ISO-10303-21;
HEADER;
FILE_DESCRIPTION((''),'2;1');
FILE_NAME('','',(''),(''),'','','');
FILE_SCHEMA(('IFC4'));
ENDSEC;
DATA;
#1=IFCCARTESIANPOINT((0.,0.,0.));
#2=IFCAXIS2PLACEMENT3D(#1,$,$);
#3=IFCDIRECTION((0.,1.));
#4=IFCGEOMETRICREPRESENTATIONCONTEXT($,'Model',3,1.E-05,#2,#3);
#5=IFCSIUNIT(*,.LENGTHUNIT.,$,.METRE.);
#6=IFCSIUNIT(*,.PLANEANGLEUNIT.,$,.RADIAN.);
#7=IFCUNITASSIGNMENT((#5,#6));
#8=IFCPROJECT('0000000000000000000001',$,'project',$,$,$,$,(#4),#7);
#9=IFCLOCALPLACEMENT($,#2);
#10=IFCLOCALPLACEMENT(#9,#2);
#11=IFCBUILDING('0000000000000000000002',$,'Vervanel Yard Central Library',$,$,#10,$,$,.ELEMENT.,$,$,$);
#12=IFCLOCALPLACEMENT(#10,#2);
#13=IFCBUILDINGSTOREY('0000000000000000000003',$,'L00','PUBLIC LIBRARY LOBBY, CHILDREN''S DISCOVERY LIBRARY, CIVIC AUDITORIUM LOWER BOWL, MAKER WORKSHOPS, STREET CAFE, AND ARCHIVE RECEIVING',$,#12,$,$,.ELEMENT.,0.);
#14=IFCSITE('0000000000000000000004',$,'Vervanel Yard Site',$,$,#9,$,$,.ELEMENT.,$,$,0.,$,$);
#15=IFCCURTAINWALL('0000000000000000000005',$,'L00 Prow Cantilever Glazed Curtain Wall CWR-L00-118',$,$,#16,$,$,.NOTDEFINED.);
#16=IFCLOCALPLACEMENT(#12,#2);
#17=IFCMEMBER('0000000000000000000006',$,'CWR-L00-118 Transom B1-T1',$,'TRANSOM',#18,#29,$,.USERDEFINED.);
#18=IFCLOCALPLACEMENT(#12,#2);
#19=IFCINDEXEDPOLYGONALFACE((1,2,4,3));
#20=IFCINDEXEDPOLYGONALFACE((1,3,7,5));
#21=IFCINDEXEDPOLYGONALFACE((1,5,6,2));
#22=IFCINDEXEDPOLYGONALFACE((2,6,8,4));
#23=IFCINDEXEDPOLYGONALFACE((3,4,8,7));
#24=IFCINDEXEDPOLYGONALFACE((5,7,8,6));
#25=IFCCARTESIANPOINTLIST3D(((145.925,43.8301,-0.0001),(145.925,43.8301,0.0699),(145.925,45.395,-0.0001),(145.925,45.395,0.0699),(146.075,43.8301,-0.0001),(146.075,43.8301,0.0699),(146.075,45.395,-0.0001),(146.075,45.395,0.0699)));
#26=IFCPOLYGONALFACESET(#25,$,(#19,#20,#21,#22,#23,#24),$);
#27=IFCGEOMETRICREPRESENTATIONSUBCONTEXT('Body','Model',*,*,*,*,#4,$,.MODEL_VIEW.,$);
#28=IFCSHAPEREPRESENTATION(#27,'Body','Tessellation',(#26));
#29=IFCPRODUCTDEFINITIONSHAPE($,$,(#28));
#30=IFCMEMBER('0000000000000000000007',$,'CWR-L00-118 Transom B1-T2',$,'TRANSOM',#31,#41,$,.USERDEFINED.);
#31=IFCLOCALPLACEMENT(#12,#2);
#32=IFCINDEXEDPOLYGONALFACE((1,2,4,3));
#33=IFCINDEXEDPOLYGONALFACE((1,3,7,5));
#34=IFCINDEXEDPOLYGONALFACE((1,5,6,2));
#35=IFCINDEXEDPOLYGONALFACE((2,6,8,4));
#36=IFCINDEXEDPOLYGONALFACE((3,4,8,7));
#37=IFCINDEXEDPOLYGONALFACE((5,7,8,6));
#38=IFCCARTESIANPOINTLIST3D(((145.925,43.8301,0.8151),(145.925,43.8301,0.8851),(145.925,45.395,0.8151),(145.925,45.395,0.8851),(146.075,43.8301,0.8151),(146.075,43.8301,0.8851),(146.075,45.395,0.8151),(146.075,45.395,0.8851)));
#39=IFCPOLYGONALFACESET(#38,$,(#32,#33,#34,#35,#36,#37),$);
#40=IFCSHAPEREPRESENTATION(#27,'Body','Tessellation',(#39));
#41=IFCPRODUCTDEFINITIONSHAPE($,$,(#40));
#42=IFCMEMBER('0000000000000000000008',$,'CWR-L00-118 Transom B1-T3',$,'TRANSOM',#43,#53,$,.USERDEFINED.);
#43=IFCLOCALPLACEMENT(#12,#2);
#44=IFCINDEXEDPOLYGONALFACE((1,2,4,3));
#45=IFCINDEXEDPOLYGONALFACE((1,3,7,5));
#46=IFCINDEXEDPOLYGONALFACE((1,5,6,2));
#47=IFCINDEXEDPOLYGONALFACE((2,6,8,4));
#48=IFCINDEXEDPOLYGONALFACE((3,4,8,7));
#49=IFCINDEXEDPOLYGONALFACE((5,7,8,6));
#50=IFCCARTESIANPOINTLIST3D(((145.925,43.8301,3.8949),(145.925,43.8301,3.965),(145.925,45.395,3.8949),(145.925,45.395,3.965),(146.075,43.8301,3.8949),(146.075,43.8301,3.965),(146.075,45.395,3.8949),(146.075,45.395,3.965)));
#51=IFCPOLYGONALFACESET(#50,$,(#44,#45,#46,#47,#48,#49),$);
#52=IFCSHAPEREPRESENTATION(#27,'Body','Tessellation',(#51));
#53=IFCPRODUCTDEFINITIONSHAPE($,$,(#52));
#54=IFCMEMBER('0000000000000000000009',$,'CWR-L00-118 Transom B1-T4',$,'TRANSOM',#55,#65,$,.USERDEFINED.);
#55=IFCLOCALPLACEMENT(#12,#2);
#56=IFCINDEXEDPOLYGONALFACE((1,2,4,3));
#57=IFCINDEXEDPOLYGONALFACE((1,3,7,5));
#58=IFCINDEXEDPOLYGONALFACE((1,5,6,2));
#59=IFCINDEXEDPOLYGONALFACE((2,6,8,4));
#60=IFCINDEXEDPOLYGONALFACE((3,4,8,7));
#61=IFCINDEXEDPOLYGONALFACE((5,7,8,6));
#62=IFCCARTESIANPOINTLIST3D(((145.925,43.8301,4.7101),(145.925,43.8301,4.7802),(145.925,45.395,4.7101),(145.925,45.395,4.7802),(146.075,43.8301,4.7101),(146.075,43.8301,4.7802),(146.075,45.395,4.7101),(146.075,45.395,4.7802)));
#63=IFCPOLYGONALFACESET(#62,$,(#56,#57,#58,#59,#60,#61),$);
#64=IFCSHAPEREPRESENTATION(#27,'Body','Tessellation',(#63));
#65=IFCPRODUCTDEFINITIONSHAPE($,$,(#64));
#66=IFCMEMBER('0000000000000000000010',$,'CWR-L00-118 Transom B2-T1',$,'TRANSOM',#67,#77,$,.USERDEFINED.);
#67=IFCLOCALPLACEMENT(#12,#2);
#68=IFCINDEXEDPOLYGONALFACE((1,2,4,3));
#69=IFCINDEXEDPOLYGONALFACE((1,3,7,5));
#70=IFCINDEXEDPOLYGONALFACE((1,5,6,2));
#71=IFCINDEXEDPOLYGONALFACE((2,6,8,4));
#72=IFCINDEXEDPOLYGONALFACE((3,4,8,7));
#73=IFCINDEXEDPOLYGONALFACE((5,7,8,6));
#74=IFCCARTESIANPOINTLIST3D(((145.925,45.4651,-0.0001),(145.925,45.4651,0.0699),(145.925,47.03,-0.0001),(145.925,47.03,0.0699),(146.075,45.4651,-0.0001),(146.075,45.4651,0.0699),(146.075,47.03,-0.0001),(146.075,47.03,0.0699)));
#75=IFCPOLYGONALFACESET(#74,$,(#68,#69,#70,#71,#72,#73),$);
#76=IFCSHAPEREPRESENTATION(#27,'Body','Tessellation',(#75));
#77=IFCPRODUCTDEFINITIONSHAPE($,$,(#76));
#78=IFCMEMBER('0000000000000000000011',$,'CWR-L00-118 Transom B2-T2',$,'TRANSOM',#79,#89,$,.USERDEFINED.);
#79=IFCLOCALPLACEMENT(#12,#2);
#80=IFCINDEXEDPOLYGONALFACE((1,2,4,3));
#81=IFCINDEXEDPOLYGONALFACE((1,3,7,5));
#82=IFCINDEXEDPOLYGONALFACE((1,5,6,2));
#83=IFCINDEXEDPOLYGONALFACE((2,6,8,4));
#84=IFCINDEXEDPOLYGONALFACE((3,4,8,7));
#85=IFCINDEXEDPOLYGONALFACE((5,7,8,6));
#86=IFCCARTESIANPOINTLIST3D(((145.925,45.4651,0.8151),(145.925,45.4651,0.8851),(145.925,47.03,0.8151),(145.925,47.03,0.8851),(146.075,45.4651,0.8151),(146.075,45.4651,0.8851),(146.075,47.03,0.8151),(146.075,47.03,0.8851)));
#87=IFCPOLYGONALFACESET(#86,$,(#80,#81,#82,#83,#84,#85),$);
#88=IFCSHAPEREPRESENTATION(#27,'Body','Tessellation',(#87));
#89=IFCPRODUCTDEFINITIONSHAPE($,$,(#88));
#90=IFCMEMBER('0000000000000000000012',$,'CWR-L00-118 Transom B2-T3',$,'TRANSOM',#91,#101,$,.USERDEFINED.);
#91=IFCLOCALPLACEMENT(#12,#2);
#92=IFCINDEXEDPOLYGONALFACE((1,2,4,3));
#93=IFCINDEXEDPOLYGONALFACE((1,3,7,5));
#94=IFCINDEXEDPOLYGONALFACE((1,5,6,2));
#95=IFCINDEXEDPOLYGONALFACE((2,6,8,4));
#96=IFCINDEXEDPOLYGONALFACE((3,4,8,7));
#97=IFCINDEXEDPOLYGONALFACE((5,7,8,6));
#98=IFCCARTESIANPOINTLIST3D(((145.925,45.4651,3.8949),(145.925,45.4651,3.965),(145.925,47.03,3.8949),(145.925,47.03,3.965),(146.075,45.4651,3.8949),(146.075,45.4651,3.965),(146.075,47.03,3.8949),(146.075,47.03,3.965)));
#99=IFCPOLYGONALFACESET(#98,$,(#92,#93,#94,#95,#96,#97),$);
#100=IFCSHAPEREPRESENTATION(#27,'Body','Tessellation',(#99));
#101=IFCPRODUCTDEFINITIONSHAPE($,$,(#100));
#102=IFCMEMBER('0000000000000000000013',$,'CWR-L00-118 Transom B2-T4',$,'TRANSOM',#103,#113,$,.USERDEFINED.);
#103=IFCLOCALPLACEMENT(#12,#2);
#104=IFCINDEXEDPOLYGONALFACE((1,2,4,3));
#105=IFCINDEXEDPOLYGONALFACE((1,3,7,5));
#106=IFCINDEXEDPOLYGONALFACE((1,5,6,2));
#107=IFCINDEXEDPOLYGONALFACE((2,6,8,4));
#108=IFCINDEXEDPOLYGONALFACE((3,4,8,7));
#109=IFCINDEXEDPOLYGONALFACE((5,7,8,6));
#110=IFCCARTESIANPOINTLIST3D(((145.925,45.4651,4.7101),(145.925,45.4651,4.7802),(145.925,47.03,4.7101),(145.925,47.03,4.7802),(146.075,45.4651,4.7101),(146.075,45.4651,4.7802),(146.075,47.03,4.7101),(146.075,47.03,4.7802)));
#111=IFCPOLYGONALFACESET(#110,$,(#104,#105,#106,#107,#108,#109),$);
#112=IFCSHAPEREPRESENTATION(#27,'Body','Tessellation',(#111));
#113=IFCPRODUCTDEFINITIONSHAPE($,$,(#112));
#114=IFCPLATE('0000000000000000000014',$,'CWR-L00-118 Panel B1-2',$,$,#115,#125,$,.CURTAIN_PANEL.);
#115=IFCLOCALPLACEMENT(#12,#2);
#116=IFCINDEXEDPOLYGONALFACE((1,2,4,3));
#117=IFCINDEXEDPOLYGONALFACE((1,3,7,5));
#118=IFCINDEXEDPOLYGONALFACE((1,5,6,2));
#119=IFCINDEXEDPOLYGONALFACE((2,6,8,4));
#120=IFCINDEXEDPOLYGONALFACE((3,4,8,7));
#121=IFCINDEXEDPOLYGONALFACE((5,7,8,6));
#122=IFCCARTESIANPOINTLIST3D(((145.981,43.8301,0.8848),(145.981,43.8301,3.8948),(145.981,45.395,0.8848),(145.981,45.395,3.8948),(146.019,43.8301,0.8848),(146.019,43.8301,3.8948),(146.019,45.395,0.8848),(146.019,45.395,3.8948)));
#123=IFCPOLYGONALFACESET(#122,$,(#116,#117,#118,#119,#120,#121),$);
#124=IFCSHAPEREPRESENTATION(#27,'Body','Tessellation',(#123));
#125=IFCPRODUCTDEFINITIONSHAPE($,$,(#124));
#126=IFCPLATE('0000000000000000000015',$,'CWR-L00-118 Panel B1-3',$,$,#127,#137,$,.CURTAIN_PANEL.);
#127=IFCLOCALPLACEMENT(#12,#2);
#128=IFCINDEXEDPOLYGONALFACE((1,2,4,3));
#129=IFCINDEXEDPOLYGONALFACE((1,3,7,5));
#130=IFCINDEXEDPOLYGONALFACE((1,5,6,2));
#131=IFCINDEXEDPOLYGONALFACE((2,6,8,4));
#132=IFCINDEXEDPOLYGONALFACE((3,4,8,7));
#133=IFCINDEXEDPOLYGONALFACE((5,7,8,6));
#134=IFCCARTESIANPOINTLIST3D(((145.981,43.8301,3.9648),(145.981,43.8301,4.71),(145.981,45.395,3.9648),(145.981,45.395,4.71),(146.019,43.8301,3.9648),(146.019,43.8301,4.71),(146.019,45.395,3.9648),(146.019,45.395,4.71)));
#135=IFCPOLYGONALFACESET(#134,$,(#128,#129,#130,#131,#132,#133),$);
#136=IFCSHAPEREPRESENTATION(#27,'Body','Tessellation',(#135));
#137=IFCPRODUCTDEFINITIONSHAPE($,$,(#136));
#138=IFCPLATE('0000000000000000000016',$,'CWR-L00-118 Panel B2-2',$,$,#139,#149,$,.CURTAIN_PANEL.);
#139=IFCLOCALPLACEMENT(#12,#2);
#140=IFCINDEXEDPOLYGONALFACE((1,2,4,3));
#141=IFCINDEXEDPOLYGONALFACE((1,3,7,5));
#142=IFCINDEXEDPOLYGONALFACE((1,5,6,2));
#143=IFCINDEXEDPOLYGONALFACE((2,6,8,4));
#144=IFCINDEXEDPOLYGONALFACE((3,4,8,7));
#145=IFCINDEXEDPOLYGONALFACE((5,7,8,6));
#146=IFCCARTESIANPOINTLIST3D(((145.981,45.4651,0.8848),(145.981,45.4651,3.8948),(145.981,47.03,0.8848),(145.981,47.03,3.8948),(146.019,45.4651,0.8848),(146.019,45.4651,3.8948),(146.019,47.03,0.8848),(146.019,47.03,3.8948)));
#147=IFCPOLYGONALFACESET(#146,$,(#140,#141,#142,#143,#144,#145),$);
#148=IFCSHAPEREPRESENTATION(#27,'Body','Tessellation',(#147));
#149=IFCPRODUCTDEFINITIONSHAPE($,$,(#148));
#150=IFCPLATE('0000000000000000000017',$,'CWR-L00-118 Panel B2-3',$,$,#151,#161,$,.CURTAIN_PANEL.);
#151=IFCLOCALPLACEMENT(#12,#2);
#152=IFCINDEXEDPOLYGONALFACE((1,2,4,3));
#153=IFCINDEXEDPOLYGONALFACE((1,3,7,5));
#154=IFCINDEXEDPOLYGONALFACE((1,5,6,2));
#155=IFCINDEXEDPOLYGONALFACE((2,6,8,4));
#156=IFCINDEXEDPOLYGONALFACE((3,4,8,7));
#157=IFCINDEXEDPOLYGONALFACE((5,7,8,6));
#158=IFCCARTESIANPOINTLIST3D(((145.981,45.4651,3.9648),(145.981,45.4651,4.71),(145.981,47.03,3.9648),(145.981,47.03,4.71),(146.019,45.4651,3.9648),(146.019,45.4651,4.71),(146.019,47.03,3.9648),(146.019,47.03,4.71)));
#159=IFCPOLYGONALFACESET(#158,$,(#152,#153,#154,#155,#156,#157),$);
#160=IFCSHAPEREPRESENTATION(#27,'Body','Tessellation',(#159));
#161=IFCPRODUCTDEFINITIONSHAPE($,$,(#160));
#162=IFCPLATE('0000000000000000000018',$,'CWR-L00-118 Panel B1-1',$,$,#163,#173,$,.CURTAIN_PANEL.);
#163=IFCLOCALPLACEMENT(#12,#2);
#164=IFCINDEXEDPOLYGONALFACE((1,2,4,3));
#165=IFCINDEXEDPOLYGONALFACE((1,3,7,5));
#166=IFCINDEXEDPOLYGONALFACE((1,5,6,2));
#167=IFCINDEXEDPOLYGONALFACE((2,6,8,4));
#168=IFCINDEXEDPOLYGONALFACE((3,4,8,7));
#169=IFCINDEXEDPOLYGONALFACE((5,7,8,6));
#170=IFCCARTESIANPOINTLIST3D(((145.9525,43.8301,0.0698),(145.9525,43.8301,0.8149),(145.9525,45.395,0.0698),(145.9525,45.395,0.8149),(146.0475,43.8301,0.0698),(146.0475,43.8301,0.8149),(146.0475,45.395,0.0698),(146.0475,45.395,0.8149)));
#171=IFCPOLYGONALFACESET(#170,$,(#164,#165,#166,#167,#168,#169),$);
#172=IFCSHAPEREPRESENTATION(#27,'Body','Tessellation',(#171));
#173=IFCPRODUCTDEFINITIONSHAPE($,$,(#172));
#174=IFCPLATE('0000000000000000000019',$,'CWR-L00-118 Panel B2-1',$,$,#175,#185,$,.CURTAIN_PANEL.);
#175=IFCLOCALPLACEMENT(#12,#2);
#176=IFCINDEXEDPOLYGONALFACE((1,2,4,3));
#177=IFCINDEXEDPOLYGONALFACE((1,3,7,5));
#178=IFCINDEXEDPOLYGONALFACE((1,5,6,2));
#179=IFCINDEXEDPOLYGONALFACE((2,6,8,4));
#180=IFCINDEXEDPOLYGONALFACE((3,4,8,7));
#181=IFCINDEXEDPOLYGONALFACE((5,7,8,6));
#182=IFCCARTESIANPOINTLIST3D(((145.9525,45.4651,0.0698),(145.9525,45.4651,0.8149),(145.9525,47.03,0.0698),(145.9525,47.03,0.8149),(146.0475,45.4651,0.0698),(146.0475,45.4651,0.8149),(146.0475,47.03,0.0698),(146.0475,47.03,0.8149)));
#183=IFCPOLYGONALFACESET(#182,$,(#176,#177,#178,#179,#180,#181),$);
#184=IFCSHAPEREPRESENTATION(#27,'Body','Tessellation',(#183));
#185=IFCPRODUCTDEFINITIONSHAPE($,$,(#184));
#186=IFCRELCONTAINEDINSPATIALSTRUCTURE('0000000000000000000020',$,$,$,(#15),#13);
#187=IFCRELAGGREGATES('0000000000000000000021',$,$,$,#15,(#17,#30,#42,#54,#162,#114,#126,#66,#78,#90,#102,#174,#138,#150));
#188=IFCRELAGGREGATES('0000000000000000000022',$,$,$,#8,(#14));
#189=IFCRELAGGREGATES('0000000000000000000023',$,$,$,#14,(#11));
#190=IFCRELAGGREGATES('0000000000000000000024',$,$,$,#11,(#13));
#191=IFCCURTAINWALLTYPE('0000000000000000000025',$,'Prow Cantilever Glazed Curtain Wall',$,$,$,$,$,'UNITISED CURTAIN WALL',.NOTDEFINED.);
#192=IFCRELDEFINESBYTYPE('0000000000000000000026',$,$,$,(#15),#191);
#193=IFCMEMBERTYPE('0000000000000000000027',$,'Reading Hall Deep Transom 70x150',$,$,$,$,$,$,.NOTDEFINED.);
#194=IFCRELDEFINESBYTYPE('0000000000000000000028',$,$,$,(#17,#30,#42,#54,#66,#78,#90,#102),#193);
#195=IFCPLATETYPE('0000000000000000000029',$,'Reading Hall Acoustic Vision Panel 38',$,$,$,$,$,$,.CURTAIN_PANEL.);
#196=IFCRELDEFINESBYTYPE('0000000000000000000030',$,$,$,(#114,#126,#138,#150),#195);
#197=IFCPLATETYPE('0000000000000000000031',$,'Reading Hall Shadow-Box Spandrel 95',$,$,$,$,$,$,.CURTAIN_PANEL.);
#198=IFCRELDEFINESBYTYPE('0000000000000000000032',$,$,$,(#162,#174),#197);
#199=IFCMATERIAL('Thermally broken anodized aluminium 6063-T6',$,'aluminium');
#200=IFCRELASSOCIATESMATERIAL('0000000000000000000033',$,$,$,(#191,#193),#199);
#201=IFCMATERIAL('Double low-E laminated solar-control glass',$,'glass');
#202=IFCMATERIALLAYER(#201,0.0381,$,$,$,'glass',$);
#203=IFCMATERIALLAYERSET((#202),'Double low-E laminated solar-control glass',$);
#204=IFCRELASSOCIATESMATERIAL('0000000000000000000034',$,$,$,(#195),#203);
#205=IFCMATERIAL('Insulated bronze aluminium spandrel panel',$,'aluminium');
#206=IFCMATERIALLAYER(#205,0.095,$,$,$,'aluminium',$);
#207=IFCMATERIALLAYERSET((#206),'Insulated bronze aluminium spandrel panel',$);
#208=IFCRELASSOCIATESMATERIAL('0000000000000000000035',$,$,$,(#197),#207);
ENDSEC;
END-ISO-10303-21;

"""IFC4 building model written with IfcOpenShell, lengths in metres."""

from ifc_helpers import new_model, si_unit, direction, frame, origin, origin_2d, place, context, subcontext, project, spatial, rectangle, extrude, material, layer, layer_set, material_profile, profile_set, type_object, element, aggregate, save


model = new_model("IFC4")

# Units and contexts
model_context = context("Model", 3, precision=1e-05, world=origin(), true_north=direction((0.0, 1.0)))
body_context = subcontext(model_context, "Body", "Model", "MODEL_VIEW")
ifc_project = project(units=[si_unit("LENGTHUNIT", "METRE"), si_unit("PLANEANGLEUNIT", "RADIAN")], contexts=[model_context])

# Site, building, storey
site_placement = place(None, origin())
site = spatial("IfcSite", under=ifc_project, at=site_placement, Name="Vervanel Yard Site", CompositionType="ELEMENT", RefElevation=0.0)
building_placement = place(site_placement, origin())
building = spatial("IfcBuilding", under=site, at=building_placement, Name="Vervanel Yard Central Library", CompositionType="ELEMENT")
storey_placement = place(building_placement, origin())
storey = spatial("IfcBuildingStorey", under=building, at=storey_placement, Name="L00", Description="PUBLIC LIBRARY LOBBY, CHILDREN'S DISCOVERY LIBRARY, CIVIC AUDITORIUM LOWER BOWL, MAKER WORKSHOPS, STREET CAFE, AND ARCHIVE RECEIVING", CompositionType="ELEMENT", Elevation=0.0)

# Curtain wall
ifc_material_1 = material(Name="Thermally broken anodized aluminium 6063-T6", Category="aluminium")
curtain_wall_type = type_object("IfcCurtainWallType", Name="Prow Cantilever Glazed Curtain Wall", ElementType="UNITISED CURTAIN WALL", PredefinedType="NOTDEFINED", material=ifc_material_1)
curtain_wall_1_placement = place(storey_placement, origin())
curtain_wall_1 = element("IfcCurtainWall", 1, at=curtain_wall_1_placement, inside=storey, type_object=curtain_wall_type, Name="L00 Prow Cantilever Glazed Curtain Wall CWR-L00-118", PredefinedType="NOTDEFINED")

# Members
ifc_material_profile_1 = material_profile(ifc_material_1, rectangle(XDim=0.0701, YDim=0.1499, at=origin_2d()), Name="ALU 70x150", Category="aluminium")
ifc_profile_set_1 = profile_set([ifc_material_profile_1], Name="Thermally broken anodized aluminium 6063-T6")
member_type_1 = type_object("IfcMemberType", Name="Reading Hall Deep Transom 70x150", PredefinedType="NOTDEFINED", material=ifc_profile_set_1)
member_1_placement = place(storey_placement, frame((146.0, 43.8301, 0.0349), z_axis=(0.0, 1.0, 0.0), x_axis=(0.0, 0.0, 1.0)))
member_1 = element("IfcMember", 2, at=member_1_placement, type_object=member_type_1, Name="CWR-L00-118 Transom B1-T1", ObjectType="TRANSOM", PredefinedType="USERDEFINED", context=body_context, shape_type="SweptSolid", body=[
    extrude(rectangle(XDim=0.0701, YDim=0.1499, at=origin_2d()), origin(), (0.0, 0.0, 1.0), 1.5649),
])
member_2_placement = place(storey_placement, frame((146.0, 43.8301, 0.8501), z_axis=(0.0, 1.0, 0.0), x_axis=(0.0, 0.0, 1.0)))
member_2 = element("IfcMember", 3, at=member_2_placement, type_object=member_type_1, Name="CWR-L00-118 Transom B1-T2", ObjectType="TRANSOM", PredefinedType="USERDEFINED", context=body_context, shape_type="SweptSolid", body=[
    extrude(rectangle(XDim=0.0701, YDim=0.1499, at=origin_2d()), origin(), (0.0, 0.0, 1.0), 1.5649),
])
member_3_placement = place(storey_placement, frame((146.0, 43.8301, 3.9299), z_axis=(0.0, 1.0, 0.0), x_axis=(0.0, 0.0, 1.0)))
member_3 = element("IfcMember", 4, at=member_3_placement, type_object=member_type_1, Name="CWR-L00-118 Transom B1-T3", ObjectType="TRANSOM", PredefinedType="USERDEFINED", context=body_context, shape_type="SweptSolid", body=[
    extrude(rectangle(XDim=0.0701, YDim=0.1499, at=origin_2d()), origin(), (0.0, 0.0, 1.0), 1.5649),
])
member_4_placement = place(storey_placement, frame((146.0, 43.8301, 4.7451), z_axis=(0.0, 1.0, 0.0), x_axis=(0.0, 0.0, 1.0)))
member_4 = element("IfcMember", 5, at=member_4_placement, type_object=member_type_1, Name="CWR-L00-118 Transom B1-T4", ObjectType="TRANSOM", PredefinedType="USERDEFINED", context=body_context, shape_type="SweptSolid", body=[
    extrude(rectangle(XDim=0.0701, YDim=0.1499, at=origin_2d()), origin(), (0.0, 0.0, 1.0), 1.5649),
])
member_5_placement = place(storey_placement, frame((146.0, 45.4651, 0.0349), z_axis=(0.0, 1.0, 0.0), x_axis=(0.0, 0.0, 1.0)))
member_5 = element("IfcMember", 6, at=member_5_placement, type_object=member_type_1, Name="CWR-L00-118 Transom B2-T1", ObjectType="TRANSOM", PredefinedType="USERDEFINED", context=body_context, shape_type="SweptSolid", body=[
    extrude(rectangle(XDim=0.0701, YDim=0.1499, at=origin_2d()), origin(), (0.0, 0.0, 1.0), 1.5649),
])
member_6_placement = place(storey_placement, frame((146.0, 45.4651, 0.8501), z_axis=(0.0, 1.0, 0.0), x_axis=(0.0, 0.0, 1.0)))
member_6 = element("IfcMember", 7, at=member_6_placement, type_object=member_type_1, Name="CWR-L00-118 Transom B2-T2", ObjectType="TRANSOM", PredefinedType="USERDEFINED", context=body_context, shape_type="SweptSolid", body=[
    extrude(rectangle(XDim=0.0701, YDim=0.1499, at=origin_2d()), origin(), (0.0, 0.0, 1.0), 1.5649),
])
member_7_placement = place(storey_placement, frame((146.0, 45.4651, 3.9299), z_axis=(0.0, 1.0, 0.0), x_axis=(0.0, 0.0, 1.0)))
member_7 = element("IfcMember", 8, at=member_7_placement, type_object=member_type_1, Name="CWR-L00-118 Transom B2-T3", ObjectType="TRANSOM", PredefinedType="USERDEFINED", context=body_context, shape_type="SweptSolid", body=[
    extrude(rectangle(XDim=0.0701, YDim=0.1499, at=origin_2d()), origin(), (0.0, 0.0, 1.0), 1.5649),
])
member_8_placement = place(storey_placement, frame((146.0, 45.4651, 4.7451), z_axis=(0.0, 1.0, 0.0), x_axis=(0.0, 0.0, 1.0)))
member_8 = element("IfcMember", 9, at=member_8_placement, type_object=member_type_1, Name="CWR-L00-118 Transom B2-T4", ObjectType="TRANSOM", PredefinedType="USERDEFINED", context=body_context, shape_type="SweptSolid", body=[
    extrude(rectangle(XDim=0.0701, YDim=0.1499, at=origin_2d()), origin(), (0.0, 0.0, 1.0), 1.5649),
])

# Plates
ifc_material_2 = material(Name="Double low-E laminated solar-control glass", Category="glass")
ifc_layer_1 = layer(ifc_material_2, 0.0381, Category="glass")
ifc_layer_set_1 = layer_set([ifc_layer_1], Name="Double low-E laminated solar-control glass")
plate_type_1 = type_object("IfcPlateType", Name="Reading Hall Acoustic Vision Panel 38", PredefinedType="CURTAIN_PANEL", material=ifc_layer_set_1)
plate_1_placement = place(storey_placement, frame((146.0, 44.6125, 0.8848), z_axis=(0.0, 0.0, 1.0), x_axis=(0.0, 1.0, 0.0)))
plate_1 = element("IfcPlate", 10, at=plate_1_placement, type_object=plate_type_1, Name="CWR-L00-118 Panel B1-2", PredefinedType="CURTAIN_PANEL", context=body_context, shape_type="SweptSolid", body=[
    extrude(rectangle(XDim=1.5649, YDim=0.0381, at=origin_2d()), origin(), (0.0, 0.0, 1.0), 3.01),
])
plate_2_placement = place(storey_placement, frame((146.0, 44.6125, 3.9648), z_axis=(0.0, 0.0, 1.0), x_axis=(0.0, 1.0, 0.0)))
plate_2 = element("IfcPlate", 11, at=plate_2_placement, type_object=plate_type_1, Name="CWR-L00-118 Panel B1-3", PredefinedType="CURTAIN_PANEL", context=body_context, shape_type="SweptSolid", body=[
    extrude(rectangle(XDim=1.5649, YDim=0.0381, at=origin_2d()), origin(), (0.0, 0.0, 1.0), 0.7451),
])
plate_3_placement = place(storey_placement, frame((146.0, 46.2476, 0.8848), z_axis=(0.0, 0.0, 1.0), x_axis=(0.0, 1.0, 0.0)))
plate_3 = element("IfcPlate", 12, at=plate_3_placement, type_object=plate_type_1, Name="CWR-L00-118 Panel B2-2", PredefinedType="CURTAIN_PANEL", context=body_context, shape_type="SweptSolid", body=[
    extrude(rectangle(XDim=1.5649, YDim=0.0381, at=origin_2d()), origin(), (0.0, 0.0, 1.0), 3.01),
])
plate_4_placement = place(storey_placement, frame((146.0, 46.2476, 3.9648), z_axis=(0.0, 0.0, 1.0), x_axis=(0.0, 1.0, 0.0)))
plate_4 = element("IfcPlate", 13, at=plate_4_placement, type_object=plate_type_1, Name="CWR-L00-118 Panel B2-3", PredefinedType="CURTAIN_PANEL", context=body_context, shape_type="SweptSolid", body=[
    extrude(rectangle(XDim=1.5649, YDim=0.0381, at=origin_2d()), origin(), (0.0, 0.0, 1.0), 0.7451),
])
ifc_material_3 = material(Name="Insulated bronze aluminium spandrel panel", Category="aluminium")
ifc_layer_2 = layer(ifc_material_3, 0.095, Category="aluminium")
ifc_layer_set_2 = layer_set([ifc_layer_2], Name="Insulated bronze aluminium spandrel panel")
plate_type_2 = type_object("IfcPlateType", Name="Reading Hall Shadow-Box Spandrel 95", PredefinedType="CURTAIN_PANEL", material=ifc_layer_set_2)
plate_5_placement = place(storey_placement, frame((146.0, 44.6125, 0.0698), z_axis=(0.0, 0.0, 1.0), x_axis=(0.0, 1.0, 0.0)))
plate_5 = element("IfcPlate", 14, at=plate_5_placement, type_object=plate_type_2, Name="CWR-L00-118 Panel B1-1", PredefinedType="CURTAIN_PANEL", context=body_context, shape_type="SweptSolid", body=[
    extrude(rectangle(XDim=1.5649, YDim=0.095, at=origin_2d()), origin(), (0.0, 0.0, 1.0), 0.7451),
])
plate_6_placement = place(storey_placement, frame((146.0, 46.2476, 0.0698), z_axis=(0.0, 0.0, 1.0), x_axis=(0.0, 1.0, 0.0)))
plate_6 = element("IfcPlate", 15, at=plate_6_placement, type_object=plate_type_2, Name="CWR-L00-118 Panel B2-1", PredefinedType="CURTAIN_PANEL", context=body_context, shape_type="SweptSolid", body=[
    extrude(rectangle(XDim=1.5649, YDim=0.095, at=origin_2d()), origin(), (0.0, 0.0, 1.0), 0.7451),
])
aggregate(curtain_wall_1, [member_1, member_2, member_3, member_4, plate_5, plate_1, plate_2, member_5, member_6, member_7, member_8, plate_6, plate_3, plate_4])

save(model, "model.ifc")
